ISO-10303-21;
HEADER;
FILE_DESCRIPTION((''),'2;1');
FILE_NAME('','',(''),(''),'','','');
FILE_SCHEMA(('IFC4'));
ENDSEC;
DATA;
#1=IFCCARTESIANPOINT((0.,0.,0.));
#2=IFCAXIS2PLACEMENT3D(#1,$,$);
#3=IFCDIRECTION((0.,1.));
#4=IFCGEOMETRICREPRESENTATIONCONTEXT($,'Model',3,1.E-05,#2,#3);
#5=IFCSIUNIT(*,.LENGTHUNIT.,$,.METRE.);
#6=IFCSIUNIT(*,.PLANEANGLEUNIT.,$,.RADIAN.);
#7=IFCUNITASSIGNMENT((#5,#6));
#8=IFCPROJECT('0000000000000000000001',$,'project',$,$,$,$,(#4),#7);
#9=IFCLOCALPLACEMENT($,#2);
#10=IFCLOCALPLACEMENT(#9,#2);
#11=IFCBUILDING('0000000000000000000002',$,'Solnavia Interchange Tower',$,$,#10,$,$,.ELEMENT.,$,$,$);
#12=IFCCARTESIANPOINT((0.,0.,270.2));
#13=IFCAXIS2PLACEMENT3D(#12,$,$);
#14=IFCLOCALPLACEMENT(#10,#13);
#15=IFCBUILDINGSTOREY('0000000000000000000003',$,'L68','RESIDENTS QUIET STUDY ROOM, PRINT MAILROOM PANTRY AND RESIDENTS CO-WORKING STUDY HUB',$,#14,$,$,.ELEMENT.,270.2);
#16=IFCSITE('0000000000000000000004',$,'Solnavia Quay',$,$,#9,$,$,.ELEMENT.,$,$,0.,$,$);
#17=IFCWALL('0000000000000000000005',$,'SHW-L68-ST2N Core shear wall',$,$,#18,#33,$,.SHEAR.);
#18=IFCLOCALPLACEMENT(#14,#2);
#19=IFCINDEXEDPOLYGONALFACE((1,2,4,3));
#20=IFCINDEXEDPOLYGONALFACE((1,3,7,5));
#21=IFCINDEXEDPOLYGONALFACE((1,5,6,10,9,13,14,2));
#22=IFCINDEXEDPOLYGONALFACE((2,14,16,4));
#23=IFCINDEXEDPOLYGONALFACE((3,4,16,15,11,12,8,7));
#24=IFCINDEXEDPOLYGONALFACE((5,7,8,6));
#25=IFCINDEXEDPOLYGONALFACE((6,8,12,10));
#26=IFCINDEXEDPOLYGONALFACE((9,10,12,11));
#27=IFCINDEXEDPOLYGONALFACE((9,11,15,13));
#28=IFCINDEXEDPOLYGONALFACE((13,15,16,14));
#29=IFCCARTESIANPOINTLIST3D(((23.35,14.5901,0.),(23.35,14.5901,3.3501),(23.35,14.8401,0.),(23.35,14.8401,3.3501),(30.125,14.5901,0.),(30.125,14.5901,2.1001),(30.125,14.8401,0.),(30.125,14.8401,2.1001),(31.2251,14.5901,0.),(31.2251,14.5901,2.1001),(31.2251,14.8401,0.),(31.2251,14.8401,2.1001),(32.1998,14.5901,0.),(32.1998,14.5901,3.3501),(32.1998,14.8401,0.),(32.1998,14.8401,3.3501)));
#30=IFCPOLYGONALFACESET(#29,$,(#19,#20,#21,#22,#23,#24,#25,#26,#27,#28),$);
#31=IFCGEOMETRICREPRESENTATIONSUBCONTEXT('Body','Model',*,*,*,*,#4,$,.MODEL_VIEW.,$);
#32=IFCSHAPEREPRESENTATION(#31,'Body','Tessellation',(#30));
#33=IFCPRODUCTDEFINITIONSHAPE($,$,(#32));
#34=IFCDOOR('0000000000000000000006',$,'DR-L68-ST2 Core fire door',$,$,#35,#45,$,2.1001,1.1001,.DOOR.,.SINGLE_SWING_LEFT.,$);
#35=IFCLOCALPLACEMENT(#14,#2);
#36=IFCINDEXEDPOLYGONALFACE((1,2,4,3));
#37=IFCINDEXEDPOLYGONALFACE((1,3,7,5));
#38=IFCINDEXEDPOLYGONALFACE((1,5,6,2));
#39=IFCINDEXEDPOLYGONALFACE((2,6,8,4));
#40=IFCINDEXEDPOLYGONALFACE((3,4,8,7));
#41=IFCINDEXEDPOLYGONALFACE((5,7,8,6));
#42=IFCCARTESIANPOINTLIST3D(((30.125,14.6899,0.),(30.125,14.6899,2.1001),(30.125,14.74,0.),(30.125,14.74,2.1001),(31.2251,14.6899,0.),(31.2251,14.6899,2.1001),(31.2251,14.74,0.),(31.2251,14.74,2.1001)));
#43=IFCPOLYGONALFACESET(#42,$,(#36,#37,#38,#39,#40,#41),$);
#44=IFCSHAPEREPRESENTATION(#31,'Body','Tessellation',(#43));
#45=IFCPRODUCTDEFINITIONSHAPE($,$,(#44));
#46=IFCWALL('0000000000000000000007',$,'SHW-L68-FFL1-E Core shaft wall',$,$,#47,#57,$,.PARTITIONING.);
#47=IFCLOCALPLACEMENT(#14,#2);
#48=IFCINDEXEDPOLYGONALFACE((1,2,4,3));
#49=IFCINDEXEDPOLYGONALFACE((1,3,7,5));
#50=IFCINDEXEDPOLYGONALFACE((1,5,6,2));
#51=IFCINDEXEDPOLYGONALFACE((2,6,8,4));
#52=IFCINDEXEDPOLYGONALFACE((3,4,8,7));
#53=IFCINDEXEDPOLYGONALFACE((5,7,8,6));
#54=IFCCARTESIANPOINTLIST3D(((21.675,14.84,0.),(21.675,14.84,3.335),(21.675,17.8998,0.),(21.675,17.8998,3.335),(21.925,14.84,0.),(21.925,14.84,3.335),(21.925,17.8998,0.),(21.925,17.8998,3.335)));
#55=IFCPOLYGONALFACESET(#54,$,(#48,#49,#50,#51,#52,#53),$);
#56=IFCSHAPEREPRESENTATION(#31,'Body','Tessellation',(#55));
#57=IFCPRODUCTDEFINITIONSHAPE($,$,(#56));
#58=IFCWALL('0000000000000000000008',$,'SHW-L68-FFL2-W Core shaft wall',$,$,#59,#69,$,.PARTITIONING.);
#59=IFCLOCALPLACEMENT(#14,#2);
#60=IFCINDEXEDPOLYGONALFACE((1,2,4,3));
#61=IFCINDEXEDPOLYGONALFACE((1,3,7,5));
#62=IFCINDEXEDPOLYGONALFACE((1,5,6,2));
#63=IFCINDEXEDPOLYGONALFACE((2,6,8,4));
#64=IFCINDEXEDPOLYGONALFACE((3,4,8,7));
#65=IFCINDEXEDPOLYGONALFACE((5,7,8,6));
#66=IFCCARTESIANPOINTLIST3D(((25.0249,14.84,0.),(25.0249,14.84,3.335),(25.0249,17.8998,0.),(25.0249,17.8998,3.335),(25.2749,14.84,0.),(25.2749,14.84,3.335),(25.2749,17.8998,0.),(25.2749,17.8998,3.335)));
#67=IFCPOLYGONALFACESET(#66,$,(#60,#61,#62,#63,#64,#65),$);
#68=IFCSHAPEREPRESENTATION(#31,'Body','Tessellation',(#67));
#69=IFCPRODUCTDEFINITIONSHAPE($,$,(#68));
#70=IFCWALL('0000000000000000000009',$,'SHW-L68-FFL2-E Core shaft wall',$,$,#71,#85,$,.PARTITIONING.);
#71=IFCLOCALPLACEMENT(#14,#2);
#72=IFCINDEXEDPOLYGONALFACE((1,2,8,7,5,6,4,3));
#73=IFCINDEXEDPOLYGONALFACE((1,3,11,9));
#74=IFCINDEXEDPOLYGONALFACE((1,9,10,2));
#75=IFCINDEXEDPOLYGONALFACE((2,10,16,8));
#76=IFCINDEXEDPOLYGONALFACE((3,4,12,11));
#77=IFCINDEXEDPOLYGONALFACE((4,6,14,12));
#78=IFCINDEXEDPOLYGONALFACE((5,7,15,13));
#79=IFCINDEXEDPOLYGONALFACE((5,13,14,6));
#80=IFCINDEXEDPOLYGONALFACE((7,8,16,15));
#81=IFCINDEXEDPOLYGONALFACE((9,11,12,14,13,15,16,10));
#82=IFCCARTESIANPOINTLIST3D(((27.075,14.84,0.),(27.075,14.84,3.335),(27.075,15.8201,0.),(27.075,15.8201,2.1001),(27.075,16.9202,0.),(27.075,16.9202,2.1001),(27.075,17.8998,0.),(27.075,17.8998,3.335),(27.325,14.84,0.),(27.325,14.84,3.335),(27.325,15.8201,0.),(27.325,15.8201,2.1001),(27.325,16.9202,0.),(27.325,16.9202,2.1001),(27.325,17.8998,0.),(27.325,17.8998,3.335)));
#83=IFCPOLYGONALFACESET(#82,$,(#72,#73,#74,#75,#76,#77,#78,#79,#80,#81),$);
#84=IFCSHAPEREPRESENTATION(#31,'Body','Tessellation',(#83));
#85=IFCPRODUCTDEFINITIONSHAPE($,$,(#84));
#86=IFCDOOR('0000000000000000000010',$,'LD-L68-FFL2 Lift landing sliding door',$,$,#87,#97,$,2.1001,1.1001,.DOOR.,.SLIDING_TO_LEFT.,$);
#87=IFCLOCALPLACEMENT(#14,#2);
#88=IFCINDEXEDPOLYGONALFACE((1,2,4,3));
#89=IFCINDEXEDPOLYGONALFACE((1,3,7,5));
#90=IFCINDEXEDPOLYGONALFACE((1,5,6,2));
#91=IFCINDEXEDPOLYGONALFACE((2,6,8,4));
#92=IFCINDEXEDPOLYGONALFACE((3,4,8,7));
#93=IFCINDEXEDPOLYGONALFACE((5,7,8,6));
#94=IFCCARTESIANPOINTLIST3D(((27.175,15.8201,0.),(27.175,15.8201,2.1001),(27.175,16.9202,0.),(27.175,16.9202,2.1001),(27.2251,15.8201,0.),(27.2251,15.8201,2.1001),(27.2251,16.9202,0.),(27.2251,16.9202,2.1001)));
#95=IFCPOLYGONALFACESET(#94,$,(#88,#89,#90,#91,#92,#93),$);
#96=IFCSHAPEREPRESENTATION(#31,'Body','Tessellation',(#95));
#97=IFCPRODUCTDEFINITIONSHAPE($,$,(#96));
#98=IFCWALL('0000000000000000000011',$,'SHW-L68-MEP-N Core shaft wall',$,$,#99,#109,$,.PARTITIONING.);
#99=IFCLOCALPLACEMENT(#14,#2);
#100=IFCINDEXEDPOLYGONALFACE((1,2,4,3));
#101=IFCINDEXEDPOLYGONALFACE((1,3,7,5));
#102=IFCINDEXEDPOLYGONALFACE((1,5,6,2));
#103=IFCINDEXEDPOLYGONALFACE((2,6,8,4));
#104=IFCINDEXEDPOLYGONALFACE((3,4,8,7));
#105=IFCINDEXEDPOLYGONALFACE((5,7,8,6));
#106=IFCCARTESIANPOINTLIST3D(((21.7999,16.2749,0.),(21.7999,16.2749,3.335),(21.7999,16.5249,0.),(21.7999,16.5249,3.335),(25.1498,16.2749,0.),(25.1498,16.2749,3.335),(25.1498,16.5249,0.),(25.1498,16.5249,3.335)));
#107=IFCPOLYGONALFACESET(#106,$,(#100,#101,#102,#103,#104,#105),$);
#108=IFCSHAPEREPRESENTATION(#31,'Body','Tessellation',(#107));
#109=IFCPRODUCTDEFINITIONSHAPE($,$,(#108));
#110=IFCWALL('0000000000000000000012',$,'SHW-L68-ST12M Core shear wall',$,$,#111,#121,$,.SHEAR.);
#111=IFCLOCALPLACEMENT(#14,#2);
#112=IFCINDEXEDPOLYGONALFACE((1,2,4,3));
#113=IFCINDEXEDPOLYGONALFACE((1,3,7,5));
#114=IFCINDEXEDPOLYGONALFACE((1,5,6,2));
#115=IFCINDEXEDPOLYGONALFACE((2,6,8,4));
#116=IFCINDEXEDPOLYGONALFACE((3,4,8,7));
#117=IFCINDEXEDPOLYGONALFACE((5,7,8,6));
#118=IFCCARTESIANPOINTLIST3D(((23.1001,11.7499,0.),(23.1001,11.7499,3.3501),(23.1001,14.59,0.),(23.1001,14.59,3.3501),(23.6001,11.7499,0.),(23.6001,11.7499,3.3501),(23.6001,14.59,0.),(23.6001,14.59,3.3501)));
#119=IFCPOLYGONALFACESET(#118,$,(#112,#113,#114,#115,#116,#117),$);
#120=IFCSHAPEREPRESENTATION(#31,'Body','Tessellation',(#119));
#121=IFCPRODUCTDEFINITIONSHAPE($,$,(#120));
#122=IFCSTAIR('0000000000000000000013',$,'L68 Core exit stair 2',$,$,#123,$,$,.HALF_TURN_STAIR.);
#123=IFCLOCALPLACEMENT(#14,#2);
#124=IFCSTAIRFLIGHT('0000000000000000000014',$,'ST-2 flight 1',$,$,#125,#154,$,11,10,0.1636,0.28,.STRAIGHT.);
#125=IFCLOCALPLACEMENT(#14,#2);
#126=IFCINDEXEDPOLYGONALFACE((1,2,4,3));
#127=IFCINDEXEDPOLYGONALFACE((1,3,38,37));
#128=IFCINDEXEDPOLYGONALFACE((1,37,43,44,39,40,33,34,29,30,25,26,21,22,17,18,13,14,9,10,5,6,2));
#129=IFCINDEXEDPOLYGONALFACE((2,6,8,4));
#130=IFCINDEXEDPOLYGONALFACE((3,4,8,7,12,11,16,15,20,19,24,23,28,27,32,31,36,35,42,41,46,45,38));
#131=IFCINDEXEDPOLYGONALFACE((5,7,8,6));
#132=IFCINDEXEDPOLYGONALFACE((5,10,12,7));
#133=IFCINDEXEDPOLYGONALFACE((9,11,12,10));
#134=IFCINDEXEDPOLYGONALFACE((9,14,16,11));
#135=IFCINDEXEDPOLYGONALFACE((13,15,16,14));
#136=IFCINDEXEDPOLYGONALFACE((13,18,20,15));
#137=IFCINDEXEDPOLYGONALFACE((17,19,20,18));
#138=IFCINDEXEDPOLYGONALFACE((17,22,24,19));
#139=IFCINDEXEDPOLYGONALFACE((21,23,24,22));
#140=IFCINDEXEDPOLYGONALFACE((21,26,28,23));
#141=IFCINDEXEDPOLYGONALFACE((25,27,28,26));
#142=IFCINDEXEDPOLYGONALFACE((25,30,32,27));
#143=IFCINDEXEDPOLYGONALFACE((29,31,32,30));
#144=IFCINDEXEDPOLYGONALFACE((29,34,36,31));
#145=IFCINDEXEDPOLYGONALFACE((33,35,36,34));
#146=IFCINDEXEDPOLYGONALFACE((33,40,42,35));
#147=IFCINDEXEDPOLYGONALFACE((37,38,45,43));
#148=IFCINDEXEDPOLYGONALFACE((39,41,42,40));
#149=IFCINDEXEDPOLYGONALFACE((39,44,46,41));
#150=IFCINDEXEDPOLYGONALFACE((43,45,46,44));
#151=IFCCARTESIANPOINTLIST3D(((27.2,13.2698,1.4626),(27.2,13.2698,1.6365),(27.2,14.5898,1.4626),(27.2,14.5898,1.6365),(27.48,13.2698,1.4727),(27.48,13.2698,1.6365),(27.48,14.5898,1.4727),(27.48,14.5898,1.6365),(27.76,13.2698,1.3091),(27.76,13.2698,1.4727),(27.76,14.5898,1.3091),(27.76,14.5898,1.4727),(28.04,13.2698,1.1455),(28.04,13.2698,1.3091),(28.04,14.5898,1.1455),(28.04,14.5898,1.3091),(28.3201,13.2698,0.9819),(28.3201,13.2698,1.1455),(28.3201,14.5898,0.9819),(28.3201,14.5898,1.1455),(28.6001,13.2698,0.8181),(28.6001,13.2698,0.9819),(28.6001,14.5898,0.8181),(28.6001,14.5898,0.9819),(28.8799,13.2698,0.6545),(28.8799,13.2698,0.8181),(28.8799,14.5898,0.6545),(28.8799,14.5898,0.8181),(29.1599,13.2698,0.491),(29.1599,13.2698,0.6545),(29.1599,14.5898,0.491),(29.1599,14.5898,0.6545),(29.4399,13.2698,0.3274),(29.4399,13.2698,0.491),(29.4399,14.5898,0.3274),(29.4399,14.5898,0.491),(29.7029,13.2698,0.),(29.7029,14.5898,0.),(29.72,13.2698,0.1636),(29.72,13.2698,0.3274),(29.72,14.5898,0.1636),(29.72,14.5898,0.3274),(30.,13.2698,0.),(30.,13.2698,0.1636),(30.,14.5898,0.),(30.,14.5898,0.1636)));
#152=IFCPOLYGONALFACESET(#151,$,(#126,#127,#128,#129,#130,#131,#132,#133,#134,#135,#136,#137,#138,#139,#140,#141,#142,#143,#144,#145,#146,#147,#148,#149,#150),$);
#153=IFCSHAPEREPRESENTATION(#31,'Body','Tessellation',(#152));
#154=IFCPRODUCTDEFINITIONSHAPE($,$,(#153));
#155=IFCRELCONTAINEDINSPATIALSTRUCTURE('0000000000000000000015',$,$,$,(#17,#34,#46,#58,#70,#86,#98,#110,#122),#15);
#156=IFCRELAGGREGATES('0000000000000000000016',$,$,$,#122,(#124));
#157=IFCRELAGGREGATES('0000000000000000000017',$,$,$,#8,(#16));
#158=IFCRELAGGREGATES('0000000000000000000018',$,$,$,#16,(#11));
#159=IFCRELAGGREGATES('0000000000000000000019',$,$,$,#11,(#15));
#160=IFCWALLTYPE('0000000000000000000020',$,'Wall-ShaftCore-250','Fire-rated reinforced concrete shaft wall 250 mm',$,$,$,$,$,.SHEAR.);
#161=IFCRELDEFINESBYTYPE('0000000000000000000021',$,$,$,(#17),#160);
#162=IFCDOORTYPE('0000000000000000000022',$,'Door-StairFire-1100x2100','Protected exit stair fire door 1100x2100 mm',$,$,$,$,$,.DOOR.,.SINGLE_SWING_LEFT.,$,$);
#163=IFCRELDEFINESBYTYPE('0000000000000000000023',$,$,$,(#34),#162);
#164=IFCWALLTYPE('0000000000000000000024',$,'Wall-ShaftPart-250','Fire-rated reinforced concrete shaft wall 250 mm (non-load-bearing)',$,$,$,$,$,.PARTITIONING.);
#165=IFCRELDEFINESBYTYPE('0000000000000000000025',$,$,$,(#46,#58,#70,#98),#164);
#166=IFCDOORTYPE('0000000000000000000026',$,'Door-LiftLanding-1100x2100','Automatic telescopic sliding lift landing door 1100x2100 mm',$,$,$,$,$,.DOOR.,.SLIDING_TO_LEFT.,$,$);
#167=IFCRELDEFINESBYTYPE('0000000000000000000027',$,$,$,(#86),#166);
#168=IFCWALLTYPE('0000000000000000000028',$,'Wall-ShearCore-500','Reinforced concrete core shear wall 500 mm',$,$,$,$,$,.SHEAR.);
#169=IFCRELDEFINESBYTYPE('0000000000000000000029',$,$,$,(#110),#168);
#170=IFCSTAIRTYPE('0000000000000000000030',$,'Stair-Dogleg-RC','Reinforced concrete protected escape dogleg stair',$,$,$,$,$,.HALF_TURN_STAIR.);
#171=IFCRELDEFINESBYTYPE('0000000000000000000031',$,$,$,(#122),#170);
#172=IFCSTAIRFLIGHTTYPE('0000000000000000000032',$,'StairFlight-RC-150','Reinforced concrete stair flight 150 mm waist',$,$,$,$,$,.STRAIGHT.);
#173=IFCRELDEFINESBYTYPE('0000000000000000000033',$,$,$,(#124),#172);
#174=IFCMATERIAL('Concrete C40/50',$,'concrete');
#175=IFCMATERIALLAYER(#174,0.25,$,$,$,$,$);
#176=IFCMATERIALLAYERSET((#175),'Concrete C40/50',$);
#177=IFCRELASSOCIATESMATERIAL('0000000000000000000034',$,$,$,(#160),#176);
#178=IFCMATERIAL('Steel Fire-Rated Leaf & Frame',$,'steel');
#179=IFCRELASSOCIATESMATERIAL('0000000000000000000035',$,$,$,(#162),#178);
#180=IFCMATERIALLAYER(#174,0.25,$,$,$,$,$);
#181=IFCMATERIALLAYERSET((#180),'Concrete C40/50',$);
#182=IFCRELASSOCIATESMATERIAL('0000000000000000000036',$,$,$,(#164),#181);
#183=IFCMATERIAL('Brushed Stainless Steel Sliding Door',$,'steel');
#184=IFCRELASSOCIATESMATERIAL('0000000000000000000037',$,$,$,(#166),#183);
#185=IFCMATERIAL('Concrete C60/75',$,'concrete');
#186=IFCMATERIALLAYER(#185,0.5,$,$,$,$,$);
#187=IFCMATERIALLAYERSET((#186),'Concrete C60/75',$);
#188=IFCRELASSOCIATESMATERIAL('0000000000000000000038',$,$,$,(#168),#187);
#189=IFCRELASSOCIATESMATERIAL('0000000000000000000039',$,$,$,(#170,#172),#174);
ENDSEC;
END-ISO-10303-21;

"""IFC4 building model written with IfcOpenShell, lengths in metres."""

from ifc_helpers import new_model, si_unit, direction, frame, frame_2d, origin, place, context, subcontext, project, spatial, polyline, rectangle, outline, extrude, material, layer, layer_set, type_object, element, fill, aggregate, save


model = new_model("IFC4")

# Units and contexts
model_context = context("Model", 3, precision=1e-05, world=origin(), true_north=direction((0.0, 1.0)))
body_context = subcontext(model_context, "Body", "Model", "MODEL_VIEW")
ifc_project = project(units=[si_unit("LENGTHUNIT", "METRE"), si_unit("PLANEANGLEUNIT", "RADIAN")], contexts=[model_context])

# Site, building, storey
site_placement = place(None, origin())
site = spatial("IfcSite", under=ifc_project, at=site_placement, Name="Solnavia Quay", CompositionType="ELEMENT", RefElevation=0.0)
building_placement = place(site_placement, origin())
building = spatial("IfcBuilding", under=site, at=building_placement, Name="Solnavia Interchange Tower", CompositionType="ELEMENT")
storey_placement = place(building_placement, frame((0.0, 0.0, 270.2)))
storey = spatial("IfcBuildingStorey", under=building, at=storey_placement, Name="L68", Description="RESIDENTS QUIET STUDY ROOM, PRINT MAILROOM PANTRY AND RESIDENTS CO-WORKING STUDY HUB", CompositionType="ELEMENT", Elevation=270.2)

# Shared definitions
ifc_material_1 = material(Name="Concrete C40/50", Category="concrete")

# Shared definitions
ifc_layer_1 = layer(ifc_material_1, 0.25)
ifc_layer_set_1 = layer_set([ifc_layer_1], Name="Concrete C40/50")
wall_type_1 = type_object("IfcWallType", Name="Wall-ShaftCore-250", Description="Fire-rated reinforced concrete shaft wall 250 mm", PredefinedType="SHEAR", material=ifc_layer_set_1)

# Wall, opening, door
wall_1_placement = place(storey_placement, frame((23.3501, 14.7151, 0.0), z_axis=(0.0, 0.0, 1.0), x_axis=(1.0, 0.0, 0.0)))
wall_1 = element("IfcWall", 1, at=wall_1_placement, inside=storey, type_object=wall_type_1, Name="SHW-L68-ST2N Core shear wall", PredefinedType="SHEAR", context=body_context, shape_type="SweptSolid", body=[
    extrude(rectangle(XDim=8.8499, YDim=0.25, at=frame_2d((4.4248, 0.0))), origin(), (0.0, 0.0, 1.0), 3.3501),
])
opening_1_placement = place(wall_1_placement, frame((6.7749, 0.0, 0.0)))
opening_1 = element("IfcOpeningElement", 2, at=opening_1_placement, cuts=wall_1, PredefinedType="OPENING", context=body_context, shape_type="SweptSolid", body=[
    extrude(rectangle(XDim=1.1001, YDim=2.1001, at=frame_2d((0.55, 1.05))), frame((0.0, 0.135, 0.0), z_axis=(0.0, -1.0, 0.0), x_axis=(1.0, 0.0, 0.0)), (0.0, 0.0, 1.0), 0.27),
])
ifc_material_2 = material(Name="Steel Fire-Rated Leaf & Frame", Category="steel")
door_type_1 = type_object("IfcDoorType", Name="Door-StairFire-1100x2100", Description="Protected exit stair fire door 1100x2100 mm", OperationType="SINGLE_SWING_LEFT", PredefinedType="DOOR", material=ifc_material_2)
door_1_placement = place(opening_1_placement, origin())
door_1 = element("IfcDoor", 3, at=door_1_placement, inside=storey, type_object=door_type_1, Name="DR-L68-ST2 Core fire door", OperationType="SINGLE_SWING_LEFT", OverallHeight=2.1001, OverallWidth=1.1001, PredefinedType="DOOR", context=body_context, shape_type="SweptSolid", body=[
    extrude(rectangle(XDim=1.1001, YDim=2.1001, at=frame_2d((0.55, 1.05))), frame((0.0, 0.0249, 0.0), z_axis=(0.0, -1.0, 0.0), x_axis=(1.0, 0.0, 0.0)), (0.0, 0.0, 1.0), 0.05),
])
fill(opening_1, door_1)

# Walls
ifc_layer_2 = layer(ifc_material_1, 0.25)
ifc_layer_set_2 = layer_set([ifc_layer_2], Name="Concrete C40/50")
wall_type_2 = type_object("IfcWallType", Name="Wall-ShaftPart-250", Description="Fire-rated reinforced concrete shaft wall 250 mm (non-load-bearing)", PredefinedType="PARTITIONING", material=ifc_layer_set_2)
for number, where, z_axis, x_axis, name in (
    (4, (21.8, 14.8401, 0.0), (0.0, 0.0, 1.0), (0.0, 1.0, 0.0), "SHW-L68-FFL1-E Core shaft wall"),
    (5, (25.1499, 14.8401, 0.0), (0.0, 0.0, 1.0), (0.0, 1.0, 0.0), "SHW-L68-FFL2-W Core shaft wall"),
):
    element("IfcWall", number, at=place(storey_placement, frame(where, z_axis=z_axis, x_axis=x_axis)), inside=storey, type_object=wall_type_2, Name=name, PredefinedType="PARTITIONING", context=body_context, shape_type="SweptSolid", body=[
        extrude(rectangle(XDim=3.0598, YDim=0.25, at=frame_2d((1.5298, 0.0))), origin(), (0.0, 0.0, 1.0), 3.335),
    ])

# Wall, opening, door
wall_2_placement = place(storey_placement, frame((27.2, 14.8401, 0.0), z_axis=(0.0, 0.0, 1.0), x_axis=(0.0, 1.0, 0.0)))
wall_2 = element("IfcWall", 6, at=wall_2_placement, inside=storey, type_object=wall_type_2, Name="SHW-L68-FFL2-E Core shaft wall", PredefinedType="PARTITIONING", context=body_context, shape_type="SweptSolid", body=[
    extrude(rectangle(XDim=3.0598, YDim=0.25, at=frame_2d((1.5298, 0.0))), origin(), (0.0, 0.0, 1.0), 3.335),
])
opening_2_placement = place(wall_2_placement, frame((0.98, 0.0, 0.0)))
opening_2 = element("IfcOpeningElement", 7, at=opening_2_placement, cuts=wall_2, PredefinedType="OPENING", context=body_context, shape_type="SweptSolid", body=[
    extrude(rectangle(XDim=1.1001, YDim=2.1001, at=frame_2d((0.55, 1.05))), frame((0.0, 0.135, 0.0), z_axis=(0.0, -1.0, 0.0), x_axis=(1.0, 0.0, 0.0)), (0.0, 0.0, 1.0), 0.27),
])
ifc_material_3 = material(Name="Brushed Stainless Steel Sliding Door", Category="steel")
door_type_2 = type_object("IfcDoorType", Name="Door-LiftLanding-1100x2100", Description="Automatic telescopic sliding lift landing door 1100x2100 mm", OperationType="SLIDING_TO_LEFT", PredefinedType="DOOR", material=ifc_material_3)
door_2_placement = place(opening_2_placement, origin())
door_2 = element("IfcDoor", 8, at=door_2_placement, inside=storey, type_object=door_type_2, Name="LD-L68-FFL2 Lift landing sliding door", OperationType="SLIDING_TO_LEFT", OverallHeight=2.1001, OverallWidth=1.1001, PredefinedType="DOOR", context=body_context, shape_type="SweptSolid", body=[
    extrude(rectangle(XDim=1.1001, YDim=2.1001, at=frame_2d((0.55, 1.05))), frame((0.0, 0.0249, 0.0), z_axis=(0.0, -1.0, 0.0), x_axis=(1.0, 0.0, 0.0)), (0.0, 0.0, 1.0), 0.05),
])
fill(opening_2, door_2)

# Walls
wall_3_placement = place(storey_placement, frame((21.8, 16.3999, 0.0), z_axis=(0.0, 0.0, 1.0), x_axis=(1.0, 0.0, 0.0)))
element("IfcWall", 9, at=wall_3_placement, inside=storey, type_object=wall_type_2, Name="SHW-L68-MEP-N Core shaft wall", PredefinedType="PARTITIONING", context=body_context, shape_type="SweptSolid", body=[
    extrude(rectangle(XDim=3.3499, YDim=0.25, at=frame_2d((1.6748, 0.0))), origin(), (0.0, 0.0, 1.0), 3.335),
])
ifc_material_4 = material(Name="Concrete C60/75", Category="concrete")
ifc_layer_3 = layer(ifc_material_4, 0.5)
ifc_layer_set_3 = layer_set([ifc_layer_3], Name="Concrete C60/75")
wall_type_3 = type_object("IfcWallType", Name="Wall-ShearCore-500", Description="Reinforced concrete core shear wall 500 mm", PredefinedType="SHEAR", material=ifc_layer_set_3)
wall_4_placement = place(storey_placement, frame((23.3501, 11.75, 0.0), z_axis=(0.0, 0.0, 1.0), x_axis=(0.0, 1.0, 0.0)))
element("IfcWall", 10, at=wall_4_placement, inside=storey, type_object=wall_type_3, Name="SHW-L68-ST12M Core shear wall", PredefinedType="SHEAR", context=body_context, shape_type="SweptSolid", body=[
    extrude(rectangle(XDim=2.8401, YDim=0.5, at=frame_2d((1.4199, 0.0))), origin(), (0.0, 0.0, 1.0), 3.3501),
])

# Stair, stair flight
stair_type = type_object("IfcStairType", Name="Stair-Dogleg-RC", Description="Reinforced concrete protected escape dogleg stair", PredefinedType="HALF_TURN_STAIR", material=ifc_material_1)
stair_placement = place(storey_placement, origin())
stair = element("IfcStair", 11, at=stair_placement, inside=storey, type_object=stair_type, Name="L68 Core exit stair 2", PredefinedType="HALF_TURN_STAIR")
stair_flight_type = type_object("IfcStairFlightType", Name="StairFlight-RC-150", Description="Reinforced concrete stair flight 150 mm waist", PredefinedType="STRAIGHT", material=ifc_material_1)
stair_flight_1_placement = place(storey_placement, frame((30.0, 13.9299, 0.0), z_axis=(0.0, 0.0, 1.0), x_axis=(-1.0, 0.0, 0.0)))
stair_flight_1 = element("IfcStairFlight", 12, at=stair_flight_1_placement, type_object=stair_flight_type, Name="ST-2 flight 1", NumberOfRisers=11, NumberOfTreads=10, PredefinedType="STRAIGHT", RiserHeight=0.1636, TreadLength=0.28, context=body_context, shape_type="SweptSolid", body=[
    extrude(outline(polyline([(0.0, 0.0), (0.0, 0.1636), (0.28, 0.1636), (0.28, 0.3274), (0.5601, 0.3274), (0.5601, 0.491), (0.8401, 0.491), (0.8401, 0.6545), (1.1201, 0.6545), (1.1201, 0.8181), (1.3999, 0.8181), (1.3999, 0.9819), (1.6799, 0.9819), (1.6799, 1.1455), (1.96, 1.1455), (1.96, 1.3091), (2.24, 1.3091), (2.24, 1.4727), (2.52, 1.4727), (2.52, 1.6365), (2.8, 1.6365), (2.8, 1.8), (2.8, 1.4626), (0.2971, 0.0), (0.0, 0.0)])), frame((0.0, 0.6602, 0.0), z_axis=(0.0, -1.0, 0.0), x_axis=(1.0, 0.0, 0.0)), (0.0, 0.0, 1.0), 1.3201),
])
aggregate(stair, [stair_flight_1])

save(model, "model.ifc")
